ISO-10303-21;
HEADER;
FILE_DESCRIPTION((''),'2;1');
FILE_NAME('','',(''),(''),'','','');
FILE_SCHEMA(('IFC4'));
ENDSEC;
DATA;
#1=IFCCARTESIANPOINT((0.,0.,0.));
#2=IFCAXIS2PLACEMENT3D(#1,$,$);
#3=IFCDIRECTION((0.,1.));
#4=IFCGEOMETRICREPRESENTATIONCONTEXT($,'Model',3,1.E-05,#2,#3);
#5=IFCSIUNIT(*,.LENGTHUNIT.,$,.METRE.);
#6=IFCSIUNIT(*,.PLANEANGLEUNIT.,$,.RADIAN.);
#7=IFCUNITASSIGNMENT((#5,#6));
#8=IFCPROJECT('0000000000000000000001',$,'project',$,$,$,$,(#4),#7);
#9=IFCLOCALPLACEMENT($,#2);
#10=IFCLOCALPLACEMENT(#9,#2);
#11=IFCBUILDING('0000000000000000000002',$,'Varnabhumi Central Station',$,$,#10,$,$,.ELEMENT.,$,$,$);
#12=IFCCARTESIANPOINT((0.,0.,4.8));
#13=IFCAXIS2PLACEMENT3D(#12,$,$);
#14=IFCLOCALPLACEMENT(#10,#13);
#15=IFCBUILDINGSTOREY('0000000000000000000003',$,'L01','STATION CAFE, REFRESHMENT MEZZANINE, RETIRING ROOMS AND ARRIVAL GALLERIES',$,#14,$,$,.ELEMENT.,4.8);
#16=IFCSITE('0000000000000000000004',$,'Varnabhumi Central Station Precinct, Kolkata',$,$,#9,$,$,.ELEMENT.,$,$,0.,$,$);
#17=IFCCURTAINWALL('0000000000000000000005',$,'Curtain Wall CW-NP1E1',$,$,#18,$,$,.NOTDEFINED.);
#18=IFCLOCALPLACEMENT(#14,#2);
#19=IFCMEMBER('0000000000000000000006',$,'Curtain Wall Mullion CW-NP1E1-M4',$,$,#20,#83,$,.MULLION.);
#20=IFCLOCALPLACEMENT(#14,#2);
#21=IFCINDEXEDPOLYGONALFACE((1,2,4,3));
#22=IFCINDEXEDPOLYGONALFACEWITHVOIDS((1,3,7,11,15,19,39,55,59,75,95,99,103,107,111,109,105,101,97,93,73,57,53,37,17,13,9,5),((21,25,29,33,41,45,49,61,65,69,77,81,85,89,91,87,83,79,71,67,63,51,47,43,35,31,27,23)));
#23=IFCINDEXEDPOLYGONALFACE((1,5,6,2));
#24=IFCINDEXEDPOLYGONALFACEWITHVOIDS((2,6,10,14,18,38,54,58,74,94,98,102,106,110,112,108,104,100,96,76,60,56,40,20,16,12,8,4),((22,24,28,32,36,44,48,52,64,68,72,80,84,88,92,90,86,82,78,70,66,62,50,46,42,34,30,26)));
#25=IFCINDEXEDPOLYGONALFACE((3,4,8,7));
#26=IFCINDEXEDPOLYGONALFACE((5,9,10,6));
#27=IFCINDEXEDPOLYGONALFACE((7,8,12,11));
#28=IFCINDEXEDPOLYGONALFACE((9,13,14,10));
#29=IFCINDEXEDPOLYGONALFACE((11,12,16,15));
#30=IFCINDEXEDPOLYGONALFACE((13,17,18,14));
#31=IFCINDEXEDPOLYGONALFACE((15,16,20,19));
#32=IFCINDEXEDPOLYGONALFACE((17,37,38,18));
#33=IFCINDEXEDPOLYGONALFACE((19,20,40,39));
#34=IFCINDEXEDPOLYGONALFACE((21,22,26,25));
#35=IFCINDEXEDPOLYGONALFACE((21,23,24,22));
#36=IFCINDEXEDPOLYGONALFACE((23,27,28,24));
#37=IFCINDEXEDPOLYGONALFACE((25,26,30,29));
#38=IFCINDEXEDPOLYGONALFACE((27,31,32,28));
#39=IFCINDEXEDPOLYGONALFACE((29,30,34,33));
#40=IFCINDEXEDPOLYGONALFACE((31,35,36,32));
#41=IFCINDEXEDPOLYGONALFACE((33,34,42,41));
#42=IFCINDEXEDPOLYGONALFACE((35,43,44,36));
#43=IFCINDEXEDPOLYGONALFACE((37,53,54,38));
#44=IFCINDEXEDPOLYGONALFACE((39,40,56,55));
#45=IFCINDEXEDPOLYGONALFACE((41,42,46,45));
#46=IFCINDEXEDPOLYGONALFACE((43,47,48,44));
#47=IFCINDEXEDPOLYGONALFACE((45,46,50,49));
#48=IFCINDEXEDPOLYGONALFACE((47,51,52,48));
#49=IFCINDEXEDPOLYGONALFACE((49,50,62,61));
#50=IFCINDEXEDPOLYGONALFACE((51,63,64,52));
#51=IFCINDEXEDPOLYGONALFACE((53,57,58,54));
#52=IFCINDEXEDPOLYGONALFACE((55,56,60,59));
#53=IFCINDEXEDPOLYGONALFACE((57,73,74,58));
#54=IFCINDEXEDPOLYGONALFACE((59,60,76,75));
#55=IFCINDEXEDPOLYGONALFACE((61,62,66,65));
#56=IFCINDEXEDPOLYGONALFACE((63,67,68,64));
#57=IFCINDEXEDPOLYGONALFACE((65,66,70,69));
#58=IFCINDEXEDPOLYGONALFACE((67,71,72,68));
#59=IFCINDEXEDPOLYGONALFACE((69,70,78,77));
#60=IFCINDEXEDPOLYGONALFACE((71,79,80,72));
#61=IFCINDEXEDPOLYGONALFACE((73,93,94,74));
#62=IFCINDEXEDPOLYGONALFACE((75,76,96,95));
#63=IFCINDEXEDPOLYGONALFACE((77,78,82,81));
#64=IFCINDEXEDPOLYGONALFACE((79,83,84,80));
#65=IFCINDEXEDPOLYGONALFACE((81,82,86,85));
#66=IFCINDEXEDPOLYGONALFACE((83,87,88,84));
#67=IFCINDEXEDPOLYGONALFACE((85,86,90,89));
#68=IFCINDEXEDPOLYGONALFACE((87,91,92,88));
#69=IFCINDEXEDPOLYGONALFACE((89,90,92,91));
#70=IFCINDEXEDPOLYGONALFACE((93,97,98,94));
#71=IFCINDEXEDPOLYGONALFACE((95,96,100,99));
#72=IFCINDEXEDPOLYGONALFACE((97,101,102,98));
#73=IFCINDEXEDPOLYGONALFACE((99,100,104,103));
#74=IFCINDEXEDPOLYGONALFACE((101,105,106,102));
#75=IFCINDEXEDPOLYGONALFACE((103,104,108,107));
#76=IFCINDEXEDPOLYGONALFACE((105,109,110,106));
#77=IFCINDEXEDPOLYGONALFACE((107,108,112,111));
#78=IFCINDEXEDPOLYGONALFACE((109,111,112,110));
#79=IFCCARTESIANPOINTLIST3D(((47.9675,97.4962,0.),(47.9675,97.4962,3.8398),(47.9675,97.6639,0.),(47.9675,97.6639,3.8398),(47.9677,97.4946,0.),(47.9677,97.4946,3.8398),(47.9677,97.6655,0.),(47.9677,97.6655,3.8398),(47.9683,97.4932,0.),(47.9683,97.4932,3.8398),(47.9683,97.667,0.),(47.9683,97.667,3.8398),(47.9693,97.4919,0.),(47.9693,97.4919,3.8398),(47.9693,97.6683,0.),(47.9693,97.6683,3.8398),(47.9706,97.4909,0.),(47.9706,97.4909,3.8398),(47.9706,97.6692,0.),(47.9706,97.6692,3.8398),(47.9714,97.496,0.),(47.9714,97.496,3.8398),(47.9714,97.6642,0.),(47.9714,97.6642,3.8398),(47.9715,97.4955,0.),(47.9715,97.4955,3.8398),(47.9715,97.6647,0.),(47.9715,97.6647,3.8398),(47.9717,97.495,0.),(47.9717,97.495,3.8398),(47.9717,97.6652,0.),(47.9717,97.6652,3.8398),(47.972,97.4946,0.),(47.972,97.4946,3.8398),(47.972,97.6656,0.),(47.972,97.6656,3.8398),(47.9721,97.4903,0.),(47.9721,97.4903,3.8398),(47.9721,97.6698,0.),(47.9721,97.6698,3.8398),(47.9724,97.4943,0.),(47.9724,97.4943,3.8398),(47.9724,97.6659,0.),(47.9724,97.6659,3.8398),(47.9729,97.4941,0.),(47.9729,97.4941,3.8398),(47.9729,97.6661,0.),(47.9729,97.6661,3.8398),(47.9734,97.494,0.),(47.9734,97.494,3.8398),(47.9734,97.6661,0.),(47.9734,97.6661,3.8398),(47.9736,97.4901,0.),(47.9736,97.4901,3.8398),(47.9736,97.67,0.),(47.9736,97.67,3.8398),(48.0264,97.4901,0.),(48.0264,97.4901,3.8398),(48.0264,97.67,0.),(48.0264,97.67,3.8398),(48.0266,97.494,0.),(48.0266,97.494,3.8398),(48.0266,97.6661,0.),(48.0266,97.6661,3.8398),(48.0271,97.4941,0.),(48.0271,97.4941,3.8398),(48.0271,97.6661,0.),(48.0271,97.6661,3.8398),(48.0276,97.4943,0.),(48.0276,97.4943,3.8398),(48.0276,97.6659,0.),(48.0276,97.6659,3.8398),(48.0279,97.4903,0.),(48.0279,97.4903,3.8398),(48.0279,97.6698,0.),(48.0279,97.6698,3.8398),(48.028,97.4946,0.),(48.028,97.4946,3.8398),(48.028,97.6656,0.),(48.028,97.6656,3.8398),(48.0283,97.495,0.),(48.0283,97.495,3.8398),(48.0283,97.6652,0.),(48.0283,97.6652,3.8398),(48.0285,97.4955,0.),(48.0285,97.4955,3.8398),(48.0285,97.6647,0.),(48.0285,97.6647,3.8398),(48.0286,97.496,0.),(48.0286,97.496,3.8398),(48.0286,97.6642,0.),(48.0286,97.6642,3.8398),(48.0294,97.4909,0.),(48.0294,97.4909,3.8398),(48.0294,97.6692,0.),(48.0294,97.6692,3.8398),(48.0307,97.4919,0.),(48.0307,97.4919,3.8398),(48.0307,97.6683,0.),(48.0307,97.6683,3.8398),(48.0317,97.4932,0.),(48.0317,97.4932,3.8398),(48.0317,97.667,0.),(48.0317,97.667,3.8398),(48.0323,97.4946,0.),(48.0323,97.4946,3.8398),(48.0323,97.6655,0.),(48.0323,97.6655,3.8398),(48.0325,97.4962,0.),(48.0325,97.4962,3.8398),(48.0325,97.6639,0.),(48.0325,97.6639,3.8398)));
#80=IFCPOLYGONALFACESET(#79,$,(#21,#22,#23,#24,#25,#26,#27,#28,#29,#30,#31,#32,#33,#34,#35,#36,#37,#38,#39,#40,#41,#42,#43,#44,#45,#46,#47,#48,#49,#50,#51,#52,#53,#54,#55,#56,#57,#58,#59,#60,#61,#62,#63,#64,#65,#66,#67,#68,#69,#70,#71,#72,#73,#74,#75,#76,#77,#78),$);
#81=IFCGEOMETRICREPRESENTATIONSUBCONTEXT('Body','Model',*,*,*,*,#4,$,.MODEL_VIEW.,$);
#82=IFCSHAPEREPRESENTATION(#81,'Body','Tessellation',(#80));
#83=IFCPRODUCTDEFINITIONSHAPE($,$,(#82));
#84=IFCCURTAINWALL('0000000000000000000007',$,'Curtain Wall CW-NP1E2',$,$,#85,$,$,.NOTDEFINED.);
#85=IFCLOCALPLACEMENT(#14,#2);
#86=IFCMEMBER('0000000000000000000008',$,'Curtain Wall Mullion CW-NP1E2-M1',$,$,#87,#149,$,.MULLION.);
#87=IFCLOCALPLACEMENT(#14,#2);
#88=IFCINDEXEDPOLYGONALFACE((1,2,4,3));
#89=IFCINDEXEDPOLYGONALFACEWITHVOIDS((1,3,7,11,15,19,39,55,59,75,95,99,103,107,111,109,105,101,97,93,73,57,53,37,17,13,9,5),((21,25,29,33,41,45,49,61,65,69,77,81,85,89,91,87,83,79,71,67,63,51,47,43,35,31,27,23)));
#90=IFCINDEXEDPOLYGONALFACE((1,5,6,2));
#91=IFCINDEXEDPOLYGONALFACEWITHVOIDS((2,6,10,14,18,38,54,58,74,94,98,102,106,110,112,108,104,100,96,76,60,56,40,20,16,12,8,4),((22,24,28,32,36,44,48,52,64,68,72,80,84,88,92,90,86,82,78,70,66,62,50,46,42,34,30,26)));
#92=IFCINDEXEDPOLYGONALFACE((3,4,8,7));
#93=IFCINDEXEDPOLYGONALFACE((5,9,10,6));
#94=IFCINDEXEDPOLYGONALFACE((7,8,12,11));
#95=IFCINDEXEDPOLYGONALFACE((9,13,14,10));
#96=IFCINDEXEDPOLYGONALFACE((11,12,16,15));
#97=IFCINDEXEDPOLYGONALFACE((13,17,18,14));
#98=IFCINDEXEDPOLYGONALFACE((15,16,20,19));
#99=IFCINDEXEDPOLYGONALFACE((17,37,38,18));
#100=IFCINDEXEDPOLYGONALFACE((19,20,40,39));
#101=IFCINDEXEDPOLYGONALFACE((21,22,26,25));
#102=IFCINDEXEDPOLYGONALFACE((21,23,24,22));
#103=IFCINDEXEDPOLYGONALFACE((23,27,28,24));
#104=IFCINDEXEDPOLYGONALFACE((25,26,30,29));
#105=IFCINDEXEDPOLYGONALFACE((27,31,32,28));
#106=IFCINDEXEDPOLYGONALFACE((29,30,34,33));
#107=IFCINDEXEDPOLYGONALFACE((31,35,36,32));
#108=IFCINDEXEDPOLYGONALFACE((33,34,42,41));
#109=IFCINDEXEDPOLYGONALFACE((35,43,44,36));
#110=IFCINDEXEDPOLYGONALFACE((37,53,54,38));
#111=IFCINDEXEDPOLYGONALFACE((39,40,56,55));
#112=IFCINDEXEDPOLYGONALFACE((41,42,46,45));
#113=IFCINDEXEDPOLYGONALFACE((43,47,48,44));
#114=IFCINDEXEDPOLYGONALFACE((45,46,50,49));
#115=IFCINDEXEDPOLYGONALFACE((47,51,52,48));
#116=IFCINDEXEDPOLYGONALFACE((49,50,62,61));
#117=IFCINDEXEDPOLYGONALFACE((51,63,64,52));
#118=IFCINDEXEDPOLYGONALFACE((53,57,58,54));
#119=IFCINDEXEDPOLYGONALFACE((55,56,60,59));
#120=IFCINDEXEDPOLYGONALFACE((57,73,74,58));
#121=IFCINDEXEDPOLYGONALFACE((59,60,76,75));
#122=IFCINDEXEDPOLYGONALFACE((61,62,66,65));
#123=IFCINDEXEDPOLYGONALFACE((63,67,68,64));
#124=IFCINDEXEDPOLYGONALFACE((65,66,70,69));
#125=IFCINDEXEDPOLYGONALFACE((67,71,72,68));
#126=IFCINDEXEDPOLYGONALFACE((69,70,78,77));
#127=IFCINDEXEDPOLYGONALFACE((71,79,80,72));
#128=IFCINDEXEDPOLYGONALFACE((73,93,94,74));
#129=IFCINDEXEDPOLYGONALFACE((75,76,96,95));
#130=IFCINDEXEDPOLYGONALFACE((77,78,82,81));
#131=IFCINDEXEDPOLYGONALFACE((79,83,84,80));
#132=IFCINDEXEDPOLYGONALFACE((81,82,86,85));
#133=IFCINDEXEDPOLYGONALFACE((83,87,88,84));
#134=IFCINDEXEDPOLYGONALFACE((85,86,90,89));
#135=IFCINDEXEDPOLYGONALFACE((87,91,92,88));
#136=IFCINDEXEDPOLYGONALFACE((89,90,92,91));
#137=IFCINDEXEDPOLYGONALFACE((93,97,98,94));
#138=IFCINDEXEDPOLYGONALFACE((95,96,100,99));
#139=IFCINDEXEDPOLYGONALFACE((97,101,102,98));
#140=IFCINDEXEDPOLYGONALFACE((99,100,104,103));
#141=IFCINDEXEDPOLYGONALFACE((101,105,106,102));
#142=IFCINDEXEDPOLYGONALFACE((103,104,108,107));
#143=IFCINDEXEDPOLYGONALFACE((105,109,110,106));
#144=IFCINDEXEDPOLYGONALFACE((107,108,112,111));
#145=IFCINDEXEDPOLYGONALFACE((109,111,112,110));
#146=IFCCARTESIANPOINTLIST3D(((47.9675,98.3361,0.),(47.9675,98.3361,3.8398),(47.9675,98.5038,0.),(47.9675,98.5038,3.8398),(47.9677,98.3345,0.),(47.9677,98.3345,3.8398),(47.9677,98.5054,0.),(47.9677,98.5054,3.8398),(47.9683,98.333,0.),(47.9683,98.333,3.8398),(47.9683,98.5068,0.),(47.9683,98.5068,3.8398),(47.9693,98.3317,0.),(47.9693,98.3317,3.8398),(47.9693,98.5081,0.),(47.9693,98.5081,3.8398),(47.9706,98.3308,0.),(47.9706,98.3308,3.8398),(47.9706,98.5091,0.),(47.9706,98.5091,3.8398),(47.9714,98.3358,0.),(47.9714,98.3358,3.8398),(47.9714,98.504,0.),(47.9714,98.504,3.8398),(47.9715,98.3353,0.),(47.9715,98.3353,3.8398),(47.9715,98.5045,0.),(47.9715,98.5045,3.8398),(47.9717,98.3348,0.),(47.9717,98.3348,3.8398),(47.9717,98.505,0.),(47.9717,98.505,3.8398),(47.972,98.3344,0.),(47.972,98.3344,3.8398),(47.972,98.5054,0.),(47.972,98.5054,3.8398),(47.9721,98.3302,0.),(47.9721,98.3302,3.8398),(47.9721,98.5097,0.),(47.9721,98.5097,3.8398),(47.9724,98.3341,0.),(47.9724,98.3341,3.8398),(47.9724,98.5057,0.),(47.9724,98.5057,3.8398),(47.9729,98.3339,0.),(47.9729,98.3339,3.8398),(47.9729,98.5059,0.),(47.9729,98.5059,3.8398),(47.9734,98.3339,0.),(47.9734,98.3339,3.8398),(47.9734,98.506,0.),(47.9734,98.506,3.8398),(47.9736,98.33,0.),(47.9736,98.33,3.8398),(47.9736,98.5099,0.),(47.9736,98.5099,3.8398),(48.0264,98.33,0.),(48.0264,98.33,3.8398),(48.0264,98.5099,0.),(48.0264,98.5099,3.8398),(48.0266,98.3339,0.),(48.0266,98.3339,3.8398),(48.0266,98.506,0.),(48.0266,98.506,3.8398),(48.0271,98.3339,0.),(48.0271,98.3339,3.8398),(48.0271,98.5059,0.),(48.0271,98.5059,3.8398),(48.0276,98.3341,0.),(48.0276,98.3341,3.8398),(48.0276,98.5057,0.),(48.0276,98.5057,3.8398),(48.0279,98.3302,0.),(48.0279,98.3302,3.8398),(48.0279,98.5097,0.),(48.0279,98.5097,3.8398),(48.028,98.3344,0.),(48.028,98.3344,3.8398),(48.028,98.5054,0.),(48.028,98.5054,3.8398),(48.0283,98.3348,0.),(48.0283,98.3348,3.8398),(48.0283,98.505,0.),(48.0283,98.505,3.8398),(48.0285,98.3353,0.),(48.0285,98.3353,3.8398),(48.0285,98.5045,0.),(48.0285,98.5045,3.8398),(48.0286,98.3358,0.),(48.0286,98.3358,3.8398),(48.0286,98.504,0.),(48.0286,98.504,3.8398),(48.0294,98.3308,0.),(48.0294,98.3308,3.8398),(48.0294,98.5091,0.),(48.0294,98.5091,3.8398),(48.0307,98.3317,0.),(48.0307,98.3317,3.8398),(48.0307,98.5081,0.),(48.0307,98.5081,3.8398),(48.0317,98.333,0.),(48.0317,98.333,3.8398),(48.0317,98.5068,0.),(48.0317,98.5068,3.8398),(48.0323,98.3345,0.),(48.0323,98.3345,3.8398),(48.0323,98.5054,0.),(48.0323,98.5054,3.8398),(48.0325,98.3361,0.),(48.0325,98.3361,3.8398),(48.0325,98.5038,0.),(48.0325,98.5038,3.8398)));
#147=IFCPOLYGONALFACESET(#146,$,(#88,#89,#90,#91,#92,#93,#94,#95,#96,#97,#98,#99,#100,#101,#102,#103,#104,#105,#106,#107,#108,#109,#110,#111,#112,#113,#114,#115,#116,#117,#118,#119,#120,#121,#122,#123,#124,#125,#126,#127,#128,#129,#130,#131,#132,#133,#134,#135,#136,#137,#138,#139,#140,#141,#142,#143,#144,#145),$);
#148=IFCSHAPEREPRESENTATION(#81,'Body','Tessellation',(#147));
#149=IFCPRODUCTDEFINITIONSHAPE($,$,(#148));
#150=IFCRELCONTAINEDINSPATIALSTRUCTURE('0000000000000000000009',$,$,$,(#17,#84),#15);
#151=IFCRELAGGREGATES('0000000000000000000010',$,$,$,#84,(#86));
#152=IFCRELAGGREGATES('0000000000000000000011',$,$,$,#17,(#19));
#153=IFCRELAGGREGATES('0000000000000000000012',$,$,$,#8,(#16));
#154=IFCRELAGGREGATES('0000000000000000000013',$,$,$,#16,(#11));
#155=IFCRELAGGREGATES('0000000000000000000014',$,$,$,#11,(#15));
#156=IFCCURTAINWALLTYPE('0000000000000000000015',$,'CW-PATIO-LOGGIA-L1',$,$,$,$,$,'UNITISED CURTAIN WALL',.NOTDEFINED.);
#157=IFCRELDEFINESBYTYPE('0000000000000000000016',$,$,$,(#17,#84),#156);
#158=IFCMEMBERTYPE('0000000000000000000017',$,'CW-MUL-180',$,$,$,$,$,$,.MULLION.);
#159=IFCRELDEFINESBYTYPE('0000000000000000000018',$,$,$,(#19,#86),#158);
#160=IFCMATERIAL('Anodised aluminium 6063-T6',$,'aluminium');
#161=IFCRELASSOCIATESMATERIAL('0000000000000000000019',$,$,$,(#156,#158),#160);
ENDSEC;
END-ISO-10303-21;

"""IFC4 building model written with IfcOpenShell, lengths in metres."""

from ifc_helpers import new_model, si_unit, direction, frame, origin, origin_2d, place, context, subcontext, project, spatial, hollow_rectangle, extrude, material, material_profile, profile_set, type_object, element, aggregate, save


model = new_model("IFC4")

# Units and contexts
model_context = context("Model", 3, precision=1e-05, world=origin(), true_north=direction((0.0, 1.0)))
body_context = subcontext(model_context, "Body", "Model", "MODEL_VIEW")
ifc_project = project(units=[si_unit("LENGTHUNIT", "METRE"), si_unit("PLANEANGLEUNIT", "RADIAN")], contexts=[model_context])

# Site, building, storey
site_placement = place(None, origin())
site = spatial("IfcSite", under=ifc_project, at=site_placement, Name="Varnabhumi Central Station Precinct, Kolkata", CompositionType="ELEMENT", RefElevation=0.0)
building_placement = place(site_placement, origin())
building = spatial("IfcBuilding", under=site, at=building_placement, Name="Varnabhumi Central Station", CompositionType="ELEMENT")
storey_placement = place(building_placement, frame((0.0, 0.0, 4.8)))
storey = spatial("IfcBuildingStorey", under=building, at=storey_placement, Name="L01", Description="STATION CAFE, REFRESHMENT MEZZANINE, RETIRING ROOMS AND ARRIVAL GALLERIES", CompositionType="ELEMENT", Elevation=4.8)

# Curtain wall, member
ifc_material_1 = material(Name="Anodised aluminium 6063-T6", Category="aluminium")
curtain_wall_type = type_object("IfcCurtainWallType", Name="CW-PATIO-LOGGIA-L1", ElementType="UNITISED CURTAIN WALL", PredefinedType="NOTDEFINED", material=ifc_material_1)
curtain_wall_1_placement = place(storey_placement, origin())
curtain_wall_1 = element("IfcCurtainWall", 1, at=curtain_wall_1_placement, inside=storey, type_object=curtain_wall_type, Name="Curtain Wall CW-NP1E1", PredefinedType="NOTDEFINED")
ifc_material_profile_1 = material_profile(ifc_material_1, hollow_rectangle(XDim=0.0649, YDim=0.1799, WallThickness=0.0039, InnerFilletRadius=0.002, OuterFilletRadius=0.0061, at=origin_2d()), Name="Anodised aluminium 6063-T6", Category="aluminium")
ifc_profile_set_1 = profile_set([ifc_material_profile_1], Name="Anodised aluminium 6063-T6")
member_type_1 = type_object("IfcMemberType", Name="CW-MUL-180", PredefinedType="MULLION", material=ifc_profile_set_1)
member_1_placement = place(storey_placement, frame((48.0, 97.5801, 0.0), z_axis=(0.0, 0.0, 1.0), x_axis=(1.0, 0.0, 0.0)))
member_1 = element("IfcMember", 2, at=member_1_placement, type_object=member_type_1, Name="Curtain Wall Mullion CW-NP1E1-M4", PredefinedType="MULLION", context=body_context, shape_type="SweptSolid", body=[
    extrude(hollow_rectangle(XDim=0.0649, YDim=0.1799, WallThickness=0.0039, InnerFilletRadius=0.002, OuterFilletRadius=0.0061, at=origin_2d()), origin(), (0.0, 0.0, 1.0), 3.8398),
])

# Curtain wall, member
curtain_wall_2_placement = place(storey_placement, origin())
curtain_wall_2 = element("IfcCurtainWall", 3, at=curtain_wall_2_placement, inside=storey, type_object=curtain_wall_type, Name="Curtain Wall CW-NP1E2", PredefinedType="NOTDEFINED")
member_2_placement = place(storey_placement, frame((48.0, 98.4199, 0.0), z_axis=(0.0, 0.0, 1.0), x_axis=(1.0, 0.0, 0.0)))
member_2 = element("IfcMember", 4, at=member_2_placement, type_object=member_type_1, Name="Curtain Wall Mullion CW-NP1E2-M1", PredefinedType="MULLION", context=body_context, shape_type="SweptSolid", body=[
    extrude(hollow_rectangle(XDim=0.0649, YDim=0.1799, WallThickness=0.0039, InnerFilletRadius=0.002, OuterFilletRadius=0.0061, at=origin_2d()), origin(), (0.0, 0.0, 1.0), 3.8398),
])
aggregate(curtain_wall_2, [member_2])

aggregate(curtain_wall_1, [member_1])

save(model, "model.ifc")
